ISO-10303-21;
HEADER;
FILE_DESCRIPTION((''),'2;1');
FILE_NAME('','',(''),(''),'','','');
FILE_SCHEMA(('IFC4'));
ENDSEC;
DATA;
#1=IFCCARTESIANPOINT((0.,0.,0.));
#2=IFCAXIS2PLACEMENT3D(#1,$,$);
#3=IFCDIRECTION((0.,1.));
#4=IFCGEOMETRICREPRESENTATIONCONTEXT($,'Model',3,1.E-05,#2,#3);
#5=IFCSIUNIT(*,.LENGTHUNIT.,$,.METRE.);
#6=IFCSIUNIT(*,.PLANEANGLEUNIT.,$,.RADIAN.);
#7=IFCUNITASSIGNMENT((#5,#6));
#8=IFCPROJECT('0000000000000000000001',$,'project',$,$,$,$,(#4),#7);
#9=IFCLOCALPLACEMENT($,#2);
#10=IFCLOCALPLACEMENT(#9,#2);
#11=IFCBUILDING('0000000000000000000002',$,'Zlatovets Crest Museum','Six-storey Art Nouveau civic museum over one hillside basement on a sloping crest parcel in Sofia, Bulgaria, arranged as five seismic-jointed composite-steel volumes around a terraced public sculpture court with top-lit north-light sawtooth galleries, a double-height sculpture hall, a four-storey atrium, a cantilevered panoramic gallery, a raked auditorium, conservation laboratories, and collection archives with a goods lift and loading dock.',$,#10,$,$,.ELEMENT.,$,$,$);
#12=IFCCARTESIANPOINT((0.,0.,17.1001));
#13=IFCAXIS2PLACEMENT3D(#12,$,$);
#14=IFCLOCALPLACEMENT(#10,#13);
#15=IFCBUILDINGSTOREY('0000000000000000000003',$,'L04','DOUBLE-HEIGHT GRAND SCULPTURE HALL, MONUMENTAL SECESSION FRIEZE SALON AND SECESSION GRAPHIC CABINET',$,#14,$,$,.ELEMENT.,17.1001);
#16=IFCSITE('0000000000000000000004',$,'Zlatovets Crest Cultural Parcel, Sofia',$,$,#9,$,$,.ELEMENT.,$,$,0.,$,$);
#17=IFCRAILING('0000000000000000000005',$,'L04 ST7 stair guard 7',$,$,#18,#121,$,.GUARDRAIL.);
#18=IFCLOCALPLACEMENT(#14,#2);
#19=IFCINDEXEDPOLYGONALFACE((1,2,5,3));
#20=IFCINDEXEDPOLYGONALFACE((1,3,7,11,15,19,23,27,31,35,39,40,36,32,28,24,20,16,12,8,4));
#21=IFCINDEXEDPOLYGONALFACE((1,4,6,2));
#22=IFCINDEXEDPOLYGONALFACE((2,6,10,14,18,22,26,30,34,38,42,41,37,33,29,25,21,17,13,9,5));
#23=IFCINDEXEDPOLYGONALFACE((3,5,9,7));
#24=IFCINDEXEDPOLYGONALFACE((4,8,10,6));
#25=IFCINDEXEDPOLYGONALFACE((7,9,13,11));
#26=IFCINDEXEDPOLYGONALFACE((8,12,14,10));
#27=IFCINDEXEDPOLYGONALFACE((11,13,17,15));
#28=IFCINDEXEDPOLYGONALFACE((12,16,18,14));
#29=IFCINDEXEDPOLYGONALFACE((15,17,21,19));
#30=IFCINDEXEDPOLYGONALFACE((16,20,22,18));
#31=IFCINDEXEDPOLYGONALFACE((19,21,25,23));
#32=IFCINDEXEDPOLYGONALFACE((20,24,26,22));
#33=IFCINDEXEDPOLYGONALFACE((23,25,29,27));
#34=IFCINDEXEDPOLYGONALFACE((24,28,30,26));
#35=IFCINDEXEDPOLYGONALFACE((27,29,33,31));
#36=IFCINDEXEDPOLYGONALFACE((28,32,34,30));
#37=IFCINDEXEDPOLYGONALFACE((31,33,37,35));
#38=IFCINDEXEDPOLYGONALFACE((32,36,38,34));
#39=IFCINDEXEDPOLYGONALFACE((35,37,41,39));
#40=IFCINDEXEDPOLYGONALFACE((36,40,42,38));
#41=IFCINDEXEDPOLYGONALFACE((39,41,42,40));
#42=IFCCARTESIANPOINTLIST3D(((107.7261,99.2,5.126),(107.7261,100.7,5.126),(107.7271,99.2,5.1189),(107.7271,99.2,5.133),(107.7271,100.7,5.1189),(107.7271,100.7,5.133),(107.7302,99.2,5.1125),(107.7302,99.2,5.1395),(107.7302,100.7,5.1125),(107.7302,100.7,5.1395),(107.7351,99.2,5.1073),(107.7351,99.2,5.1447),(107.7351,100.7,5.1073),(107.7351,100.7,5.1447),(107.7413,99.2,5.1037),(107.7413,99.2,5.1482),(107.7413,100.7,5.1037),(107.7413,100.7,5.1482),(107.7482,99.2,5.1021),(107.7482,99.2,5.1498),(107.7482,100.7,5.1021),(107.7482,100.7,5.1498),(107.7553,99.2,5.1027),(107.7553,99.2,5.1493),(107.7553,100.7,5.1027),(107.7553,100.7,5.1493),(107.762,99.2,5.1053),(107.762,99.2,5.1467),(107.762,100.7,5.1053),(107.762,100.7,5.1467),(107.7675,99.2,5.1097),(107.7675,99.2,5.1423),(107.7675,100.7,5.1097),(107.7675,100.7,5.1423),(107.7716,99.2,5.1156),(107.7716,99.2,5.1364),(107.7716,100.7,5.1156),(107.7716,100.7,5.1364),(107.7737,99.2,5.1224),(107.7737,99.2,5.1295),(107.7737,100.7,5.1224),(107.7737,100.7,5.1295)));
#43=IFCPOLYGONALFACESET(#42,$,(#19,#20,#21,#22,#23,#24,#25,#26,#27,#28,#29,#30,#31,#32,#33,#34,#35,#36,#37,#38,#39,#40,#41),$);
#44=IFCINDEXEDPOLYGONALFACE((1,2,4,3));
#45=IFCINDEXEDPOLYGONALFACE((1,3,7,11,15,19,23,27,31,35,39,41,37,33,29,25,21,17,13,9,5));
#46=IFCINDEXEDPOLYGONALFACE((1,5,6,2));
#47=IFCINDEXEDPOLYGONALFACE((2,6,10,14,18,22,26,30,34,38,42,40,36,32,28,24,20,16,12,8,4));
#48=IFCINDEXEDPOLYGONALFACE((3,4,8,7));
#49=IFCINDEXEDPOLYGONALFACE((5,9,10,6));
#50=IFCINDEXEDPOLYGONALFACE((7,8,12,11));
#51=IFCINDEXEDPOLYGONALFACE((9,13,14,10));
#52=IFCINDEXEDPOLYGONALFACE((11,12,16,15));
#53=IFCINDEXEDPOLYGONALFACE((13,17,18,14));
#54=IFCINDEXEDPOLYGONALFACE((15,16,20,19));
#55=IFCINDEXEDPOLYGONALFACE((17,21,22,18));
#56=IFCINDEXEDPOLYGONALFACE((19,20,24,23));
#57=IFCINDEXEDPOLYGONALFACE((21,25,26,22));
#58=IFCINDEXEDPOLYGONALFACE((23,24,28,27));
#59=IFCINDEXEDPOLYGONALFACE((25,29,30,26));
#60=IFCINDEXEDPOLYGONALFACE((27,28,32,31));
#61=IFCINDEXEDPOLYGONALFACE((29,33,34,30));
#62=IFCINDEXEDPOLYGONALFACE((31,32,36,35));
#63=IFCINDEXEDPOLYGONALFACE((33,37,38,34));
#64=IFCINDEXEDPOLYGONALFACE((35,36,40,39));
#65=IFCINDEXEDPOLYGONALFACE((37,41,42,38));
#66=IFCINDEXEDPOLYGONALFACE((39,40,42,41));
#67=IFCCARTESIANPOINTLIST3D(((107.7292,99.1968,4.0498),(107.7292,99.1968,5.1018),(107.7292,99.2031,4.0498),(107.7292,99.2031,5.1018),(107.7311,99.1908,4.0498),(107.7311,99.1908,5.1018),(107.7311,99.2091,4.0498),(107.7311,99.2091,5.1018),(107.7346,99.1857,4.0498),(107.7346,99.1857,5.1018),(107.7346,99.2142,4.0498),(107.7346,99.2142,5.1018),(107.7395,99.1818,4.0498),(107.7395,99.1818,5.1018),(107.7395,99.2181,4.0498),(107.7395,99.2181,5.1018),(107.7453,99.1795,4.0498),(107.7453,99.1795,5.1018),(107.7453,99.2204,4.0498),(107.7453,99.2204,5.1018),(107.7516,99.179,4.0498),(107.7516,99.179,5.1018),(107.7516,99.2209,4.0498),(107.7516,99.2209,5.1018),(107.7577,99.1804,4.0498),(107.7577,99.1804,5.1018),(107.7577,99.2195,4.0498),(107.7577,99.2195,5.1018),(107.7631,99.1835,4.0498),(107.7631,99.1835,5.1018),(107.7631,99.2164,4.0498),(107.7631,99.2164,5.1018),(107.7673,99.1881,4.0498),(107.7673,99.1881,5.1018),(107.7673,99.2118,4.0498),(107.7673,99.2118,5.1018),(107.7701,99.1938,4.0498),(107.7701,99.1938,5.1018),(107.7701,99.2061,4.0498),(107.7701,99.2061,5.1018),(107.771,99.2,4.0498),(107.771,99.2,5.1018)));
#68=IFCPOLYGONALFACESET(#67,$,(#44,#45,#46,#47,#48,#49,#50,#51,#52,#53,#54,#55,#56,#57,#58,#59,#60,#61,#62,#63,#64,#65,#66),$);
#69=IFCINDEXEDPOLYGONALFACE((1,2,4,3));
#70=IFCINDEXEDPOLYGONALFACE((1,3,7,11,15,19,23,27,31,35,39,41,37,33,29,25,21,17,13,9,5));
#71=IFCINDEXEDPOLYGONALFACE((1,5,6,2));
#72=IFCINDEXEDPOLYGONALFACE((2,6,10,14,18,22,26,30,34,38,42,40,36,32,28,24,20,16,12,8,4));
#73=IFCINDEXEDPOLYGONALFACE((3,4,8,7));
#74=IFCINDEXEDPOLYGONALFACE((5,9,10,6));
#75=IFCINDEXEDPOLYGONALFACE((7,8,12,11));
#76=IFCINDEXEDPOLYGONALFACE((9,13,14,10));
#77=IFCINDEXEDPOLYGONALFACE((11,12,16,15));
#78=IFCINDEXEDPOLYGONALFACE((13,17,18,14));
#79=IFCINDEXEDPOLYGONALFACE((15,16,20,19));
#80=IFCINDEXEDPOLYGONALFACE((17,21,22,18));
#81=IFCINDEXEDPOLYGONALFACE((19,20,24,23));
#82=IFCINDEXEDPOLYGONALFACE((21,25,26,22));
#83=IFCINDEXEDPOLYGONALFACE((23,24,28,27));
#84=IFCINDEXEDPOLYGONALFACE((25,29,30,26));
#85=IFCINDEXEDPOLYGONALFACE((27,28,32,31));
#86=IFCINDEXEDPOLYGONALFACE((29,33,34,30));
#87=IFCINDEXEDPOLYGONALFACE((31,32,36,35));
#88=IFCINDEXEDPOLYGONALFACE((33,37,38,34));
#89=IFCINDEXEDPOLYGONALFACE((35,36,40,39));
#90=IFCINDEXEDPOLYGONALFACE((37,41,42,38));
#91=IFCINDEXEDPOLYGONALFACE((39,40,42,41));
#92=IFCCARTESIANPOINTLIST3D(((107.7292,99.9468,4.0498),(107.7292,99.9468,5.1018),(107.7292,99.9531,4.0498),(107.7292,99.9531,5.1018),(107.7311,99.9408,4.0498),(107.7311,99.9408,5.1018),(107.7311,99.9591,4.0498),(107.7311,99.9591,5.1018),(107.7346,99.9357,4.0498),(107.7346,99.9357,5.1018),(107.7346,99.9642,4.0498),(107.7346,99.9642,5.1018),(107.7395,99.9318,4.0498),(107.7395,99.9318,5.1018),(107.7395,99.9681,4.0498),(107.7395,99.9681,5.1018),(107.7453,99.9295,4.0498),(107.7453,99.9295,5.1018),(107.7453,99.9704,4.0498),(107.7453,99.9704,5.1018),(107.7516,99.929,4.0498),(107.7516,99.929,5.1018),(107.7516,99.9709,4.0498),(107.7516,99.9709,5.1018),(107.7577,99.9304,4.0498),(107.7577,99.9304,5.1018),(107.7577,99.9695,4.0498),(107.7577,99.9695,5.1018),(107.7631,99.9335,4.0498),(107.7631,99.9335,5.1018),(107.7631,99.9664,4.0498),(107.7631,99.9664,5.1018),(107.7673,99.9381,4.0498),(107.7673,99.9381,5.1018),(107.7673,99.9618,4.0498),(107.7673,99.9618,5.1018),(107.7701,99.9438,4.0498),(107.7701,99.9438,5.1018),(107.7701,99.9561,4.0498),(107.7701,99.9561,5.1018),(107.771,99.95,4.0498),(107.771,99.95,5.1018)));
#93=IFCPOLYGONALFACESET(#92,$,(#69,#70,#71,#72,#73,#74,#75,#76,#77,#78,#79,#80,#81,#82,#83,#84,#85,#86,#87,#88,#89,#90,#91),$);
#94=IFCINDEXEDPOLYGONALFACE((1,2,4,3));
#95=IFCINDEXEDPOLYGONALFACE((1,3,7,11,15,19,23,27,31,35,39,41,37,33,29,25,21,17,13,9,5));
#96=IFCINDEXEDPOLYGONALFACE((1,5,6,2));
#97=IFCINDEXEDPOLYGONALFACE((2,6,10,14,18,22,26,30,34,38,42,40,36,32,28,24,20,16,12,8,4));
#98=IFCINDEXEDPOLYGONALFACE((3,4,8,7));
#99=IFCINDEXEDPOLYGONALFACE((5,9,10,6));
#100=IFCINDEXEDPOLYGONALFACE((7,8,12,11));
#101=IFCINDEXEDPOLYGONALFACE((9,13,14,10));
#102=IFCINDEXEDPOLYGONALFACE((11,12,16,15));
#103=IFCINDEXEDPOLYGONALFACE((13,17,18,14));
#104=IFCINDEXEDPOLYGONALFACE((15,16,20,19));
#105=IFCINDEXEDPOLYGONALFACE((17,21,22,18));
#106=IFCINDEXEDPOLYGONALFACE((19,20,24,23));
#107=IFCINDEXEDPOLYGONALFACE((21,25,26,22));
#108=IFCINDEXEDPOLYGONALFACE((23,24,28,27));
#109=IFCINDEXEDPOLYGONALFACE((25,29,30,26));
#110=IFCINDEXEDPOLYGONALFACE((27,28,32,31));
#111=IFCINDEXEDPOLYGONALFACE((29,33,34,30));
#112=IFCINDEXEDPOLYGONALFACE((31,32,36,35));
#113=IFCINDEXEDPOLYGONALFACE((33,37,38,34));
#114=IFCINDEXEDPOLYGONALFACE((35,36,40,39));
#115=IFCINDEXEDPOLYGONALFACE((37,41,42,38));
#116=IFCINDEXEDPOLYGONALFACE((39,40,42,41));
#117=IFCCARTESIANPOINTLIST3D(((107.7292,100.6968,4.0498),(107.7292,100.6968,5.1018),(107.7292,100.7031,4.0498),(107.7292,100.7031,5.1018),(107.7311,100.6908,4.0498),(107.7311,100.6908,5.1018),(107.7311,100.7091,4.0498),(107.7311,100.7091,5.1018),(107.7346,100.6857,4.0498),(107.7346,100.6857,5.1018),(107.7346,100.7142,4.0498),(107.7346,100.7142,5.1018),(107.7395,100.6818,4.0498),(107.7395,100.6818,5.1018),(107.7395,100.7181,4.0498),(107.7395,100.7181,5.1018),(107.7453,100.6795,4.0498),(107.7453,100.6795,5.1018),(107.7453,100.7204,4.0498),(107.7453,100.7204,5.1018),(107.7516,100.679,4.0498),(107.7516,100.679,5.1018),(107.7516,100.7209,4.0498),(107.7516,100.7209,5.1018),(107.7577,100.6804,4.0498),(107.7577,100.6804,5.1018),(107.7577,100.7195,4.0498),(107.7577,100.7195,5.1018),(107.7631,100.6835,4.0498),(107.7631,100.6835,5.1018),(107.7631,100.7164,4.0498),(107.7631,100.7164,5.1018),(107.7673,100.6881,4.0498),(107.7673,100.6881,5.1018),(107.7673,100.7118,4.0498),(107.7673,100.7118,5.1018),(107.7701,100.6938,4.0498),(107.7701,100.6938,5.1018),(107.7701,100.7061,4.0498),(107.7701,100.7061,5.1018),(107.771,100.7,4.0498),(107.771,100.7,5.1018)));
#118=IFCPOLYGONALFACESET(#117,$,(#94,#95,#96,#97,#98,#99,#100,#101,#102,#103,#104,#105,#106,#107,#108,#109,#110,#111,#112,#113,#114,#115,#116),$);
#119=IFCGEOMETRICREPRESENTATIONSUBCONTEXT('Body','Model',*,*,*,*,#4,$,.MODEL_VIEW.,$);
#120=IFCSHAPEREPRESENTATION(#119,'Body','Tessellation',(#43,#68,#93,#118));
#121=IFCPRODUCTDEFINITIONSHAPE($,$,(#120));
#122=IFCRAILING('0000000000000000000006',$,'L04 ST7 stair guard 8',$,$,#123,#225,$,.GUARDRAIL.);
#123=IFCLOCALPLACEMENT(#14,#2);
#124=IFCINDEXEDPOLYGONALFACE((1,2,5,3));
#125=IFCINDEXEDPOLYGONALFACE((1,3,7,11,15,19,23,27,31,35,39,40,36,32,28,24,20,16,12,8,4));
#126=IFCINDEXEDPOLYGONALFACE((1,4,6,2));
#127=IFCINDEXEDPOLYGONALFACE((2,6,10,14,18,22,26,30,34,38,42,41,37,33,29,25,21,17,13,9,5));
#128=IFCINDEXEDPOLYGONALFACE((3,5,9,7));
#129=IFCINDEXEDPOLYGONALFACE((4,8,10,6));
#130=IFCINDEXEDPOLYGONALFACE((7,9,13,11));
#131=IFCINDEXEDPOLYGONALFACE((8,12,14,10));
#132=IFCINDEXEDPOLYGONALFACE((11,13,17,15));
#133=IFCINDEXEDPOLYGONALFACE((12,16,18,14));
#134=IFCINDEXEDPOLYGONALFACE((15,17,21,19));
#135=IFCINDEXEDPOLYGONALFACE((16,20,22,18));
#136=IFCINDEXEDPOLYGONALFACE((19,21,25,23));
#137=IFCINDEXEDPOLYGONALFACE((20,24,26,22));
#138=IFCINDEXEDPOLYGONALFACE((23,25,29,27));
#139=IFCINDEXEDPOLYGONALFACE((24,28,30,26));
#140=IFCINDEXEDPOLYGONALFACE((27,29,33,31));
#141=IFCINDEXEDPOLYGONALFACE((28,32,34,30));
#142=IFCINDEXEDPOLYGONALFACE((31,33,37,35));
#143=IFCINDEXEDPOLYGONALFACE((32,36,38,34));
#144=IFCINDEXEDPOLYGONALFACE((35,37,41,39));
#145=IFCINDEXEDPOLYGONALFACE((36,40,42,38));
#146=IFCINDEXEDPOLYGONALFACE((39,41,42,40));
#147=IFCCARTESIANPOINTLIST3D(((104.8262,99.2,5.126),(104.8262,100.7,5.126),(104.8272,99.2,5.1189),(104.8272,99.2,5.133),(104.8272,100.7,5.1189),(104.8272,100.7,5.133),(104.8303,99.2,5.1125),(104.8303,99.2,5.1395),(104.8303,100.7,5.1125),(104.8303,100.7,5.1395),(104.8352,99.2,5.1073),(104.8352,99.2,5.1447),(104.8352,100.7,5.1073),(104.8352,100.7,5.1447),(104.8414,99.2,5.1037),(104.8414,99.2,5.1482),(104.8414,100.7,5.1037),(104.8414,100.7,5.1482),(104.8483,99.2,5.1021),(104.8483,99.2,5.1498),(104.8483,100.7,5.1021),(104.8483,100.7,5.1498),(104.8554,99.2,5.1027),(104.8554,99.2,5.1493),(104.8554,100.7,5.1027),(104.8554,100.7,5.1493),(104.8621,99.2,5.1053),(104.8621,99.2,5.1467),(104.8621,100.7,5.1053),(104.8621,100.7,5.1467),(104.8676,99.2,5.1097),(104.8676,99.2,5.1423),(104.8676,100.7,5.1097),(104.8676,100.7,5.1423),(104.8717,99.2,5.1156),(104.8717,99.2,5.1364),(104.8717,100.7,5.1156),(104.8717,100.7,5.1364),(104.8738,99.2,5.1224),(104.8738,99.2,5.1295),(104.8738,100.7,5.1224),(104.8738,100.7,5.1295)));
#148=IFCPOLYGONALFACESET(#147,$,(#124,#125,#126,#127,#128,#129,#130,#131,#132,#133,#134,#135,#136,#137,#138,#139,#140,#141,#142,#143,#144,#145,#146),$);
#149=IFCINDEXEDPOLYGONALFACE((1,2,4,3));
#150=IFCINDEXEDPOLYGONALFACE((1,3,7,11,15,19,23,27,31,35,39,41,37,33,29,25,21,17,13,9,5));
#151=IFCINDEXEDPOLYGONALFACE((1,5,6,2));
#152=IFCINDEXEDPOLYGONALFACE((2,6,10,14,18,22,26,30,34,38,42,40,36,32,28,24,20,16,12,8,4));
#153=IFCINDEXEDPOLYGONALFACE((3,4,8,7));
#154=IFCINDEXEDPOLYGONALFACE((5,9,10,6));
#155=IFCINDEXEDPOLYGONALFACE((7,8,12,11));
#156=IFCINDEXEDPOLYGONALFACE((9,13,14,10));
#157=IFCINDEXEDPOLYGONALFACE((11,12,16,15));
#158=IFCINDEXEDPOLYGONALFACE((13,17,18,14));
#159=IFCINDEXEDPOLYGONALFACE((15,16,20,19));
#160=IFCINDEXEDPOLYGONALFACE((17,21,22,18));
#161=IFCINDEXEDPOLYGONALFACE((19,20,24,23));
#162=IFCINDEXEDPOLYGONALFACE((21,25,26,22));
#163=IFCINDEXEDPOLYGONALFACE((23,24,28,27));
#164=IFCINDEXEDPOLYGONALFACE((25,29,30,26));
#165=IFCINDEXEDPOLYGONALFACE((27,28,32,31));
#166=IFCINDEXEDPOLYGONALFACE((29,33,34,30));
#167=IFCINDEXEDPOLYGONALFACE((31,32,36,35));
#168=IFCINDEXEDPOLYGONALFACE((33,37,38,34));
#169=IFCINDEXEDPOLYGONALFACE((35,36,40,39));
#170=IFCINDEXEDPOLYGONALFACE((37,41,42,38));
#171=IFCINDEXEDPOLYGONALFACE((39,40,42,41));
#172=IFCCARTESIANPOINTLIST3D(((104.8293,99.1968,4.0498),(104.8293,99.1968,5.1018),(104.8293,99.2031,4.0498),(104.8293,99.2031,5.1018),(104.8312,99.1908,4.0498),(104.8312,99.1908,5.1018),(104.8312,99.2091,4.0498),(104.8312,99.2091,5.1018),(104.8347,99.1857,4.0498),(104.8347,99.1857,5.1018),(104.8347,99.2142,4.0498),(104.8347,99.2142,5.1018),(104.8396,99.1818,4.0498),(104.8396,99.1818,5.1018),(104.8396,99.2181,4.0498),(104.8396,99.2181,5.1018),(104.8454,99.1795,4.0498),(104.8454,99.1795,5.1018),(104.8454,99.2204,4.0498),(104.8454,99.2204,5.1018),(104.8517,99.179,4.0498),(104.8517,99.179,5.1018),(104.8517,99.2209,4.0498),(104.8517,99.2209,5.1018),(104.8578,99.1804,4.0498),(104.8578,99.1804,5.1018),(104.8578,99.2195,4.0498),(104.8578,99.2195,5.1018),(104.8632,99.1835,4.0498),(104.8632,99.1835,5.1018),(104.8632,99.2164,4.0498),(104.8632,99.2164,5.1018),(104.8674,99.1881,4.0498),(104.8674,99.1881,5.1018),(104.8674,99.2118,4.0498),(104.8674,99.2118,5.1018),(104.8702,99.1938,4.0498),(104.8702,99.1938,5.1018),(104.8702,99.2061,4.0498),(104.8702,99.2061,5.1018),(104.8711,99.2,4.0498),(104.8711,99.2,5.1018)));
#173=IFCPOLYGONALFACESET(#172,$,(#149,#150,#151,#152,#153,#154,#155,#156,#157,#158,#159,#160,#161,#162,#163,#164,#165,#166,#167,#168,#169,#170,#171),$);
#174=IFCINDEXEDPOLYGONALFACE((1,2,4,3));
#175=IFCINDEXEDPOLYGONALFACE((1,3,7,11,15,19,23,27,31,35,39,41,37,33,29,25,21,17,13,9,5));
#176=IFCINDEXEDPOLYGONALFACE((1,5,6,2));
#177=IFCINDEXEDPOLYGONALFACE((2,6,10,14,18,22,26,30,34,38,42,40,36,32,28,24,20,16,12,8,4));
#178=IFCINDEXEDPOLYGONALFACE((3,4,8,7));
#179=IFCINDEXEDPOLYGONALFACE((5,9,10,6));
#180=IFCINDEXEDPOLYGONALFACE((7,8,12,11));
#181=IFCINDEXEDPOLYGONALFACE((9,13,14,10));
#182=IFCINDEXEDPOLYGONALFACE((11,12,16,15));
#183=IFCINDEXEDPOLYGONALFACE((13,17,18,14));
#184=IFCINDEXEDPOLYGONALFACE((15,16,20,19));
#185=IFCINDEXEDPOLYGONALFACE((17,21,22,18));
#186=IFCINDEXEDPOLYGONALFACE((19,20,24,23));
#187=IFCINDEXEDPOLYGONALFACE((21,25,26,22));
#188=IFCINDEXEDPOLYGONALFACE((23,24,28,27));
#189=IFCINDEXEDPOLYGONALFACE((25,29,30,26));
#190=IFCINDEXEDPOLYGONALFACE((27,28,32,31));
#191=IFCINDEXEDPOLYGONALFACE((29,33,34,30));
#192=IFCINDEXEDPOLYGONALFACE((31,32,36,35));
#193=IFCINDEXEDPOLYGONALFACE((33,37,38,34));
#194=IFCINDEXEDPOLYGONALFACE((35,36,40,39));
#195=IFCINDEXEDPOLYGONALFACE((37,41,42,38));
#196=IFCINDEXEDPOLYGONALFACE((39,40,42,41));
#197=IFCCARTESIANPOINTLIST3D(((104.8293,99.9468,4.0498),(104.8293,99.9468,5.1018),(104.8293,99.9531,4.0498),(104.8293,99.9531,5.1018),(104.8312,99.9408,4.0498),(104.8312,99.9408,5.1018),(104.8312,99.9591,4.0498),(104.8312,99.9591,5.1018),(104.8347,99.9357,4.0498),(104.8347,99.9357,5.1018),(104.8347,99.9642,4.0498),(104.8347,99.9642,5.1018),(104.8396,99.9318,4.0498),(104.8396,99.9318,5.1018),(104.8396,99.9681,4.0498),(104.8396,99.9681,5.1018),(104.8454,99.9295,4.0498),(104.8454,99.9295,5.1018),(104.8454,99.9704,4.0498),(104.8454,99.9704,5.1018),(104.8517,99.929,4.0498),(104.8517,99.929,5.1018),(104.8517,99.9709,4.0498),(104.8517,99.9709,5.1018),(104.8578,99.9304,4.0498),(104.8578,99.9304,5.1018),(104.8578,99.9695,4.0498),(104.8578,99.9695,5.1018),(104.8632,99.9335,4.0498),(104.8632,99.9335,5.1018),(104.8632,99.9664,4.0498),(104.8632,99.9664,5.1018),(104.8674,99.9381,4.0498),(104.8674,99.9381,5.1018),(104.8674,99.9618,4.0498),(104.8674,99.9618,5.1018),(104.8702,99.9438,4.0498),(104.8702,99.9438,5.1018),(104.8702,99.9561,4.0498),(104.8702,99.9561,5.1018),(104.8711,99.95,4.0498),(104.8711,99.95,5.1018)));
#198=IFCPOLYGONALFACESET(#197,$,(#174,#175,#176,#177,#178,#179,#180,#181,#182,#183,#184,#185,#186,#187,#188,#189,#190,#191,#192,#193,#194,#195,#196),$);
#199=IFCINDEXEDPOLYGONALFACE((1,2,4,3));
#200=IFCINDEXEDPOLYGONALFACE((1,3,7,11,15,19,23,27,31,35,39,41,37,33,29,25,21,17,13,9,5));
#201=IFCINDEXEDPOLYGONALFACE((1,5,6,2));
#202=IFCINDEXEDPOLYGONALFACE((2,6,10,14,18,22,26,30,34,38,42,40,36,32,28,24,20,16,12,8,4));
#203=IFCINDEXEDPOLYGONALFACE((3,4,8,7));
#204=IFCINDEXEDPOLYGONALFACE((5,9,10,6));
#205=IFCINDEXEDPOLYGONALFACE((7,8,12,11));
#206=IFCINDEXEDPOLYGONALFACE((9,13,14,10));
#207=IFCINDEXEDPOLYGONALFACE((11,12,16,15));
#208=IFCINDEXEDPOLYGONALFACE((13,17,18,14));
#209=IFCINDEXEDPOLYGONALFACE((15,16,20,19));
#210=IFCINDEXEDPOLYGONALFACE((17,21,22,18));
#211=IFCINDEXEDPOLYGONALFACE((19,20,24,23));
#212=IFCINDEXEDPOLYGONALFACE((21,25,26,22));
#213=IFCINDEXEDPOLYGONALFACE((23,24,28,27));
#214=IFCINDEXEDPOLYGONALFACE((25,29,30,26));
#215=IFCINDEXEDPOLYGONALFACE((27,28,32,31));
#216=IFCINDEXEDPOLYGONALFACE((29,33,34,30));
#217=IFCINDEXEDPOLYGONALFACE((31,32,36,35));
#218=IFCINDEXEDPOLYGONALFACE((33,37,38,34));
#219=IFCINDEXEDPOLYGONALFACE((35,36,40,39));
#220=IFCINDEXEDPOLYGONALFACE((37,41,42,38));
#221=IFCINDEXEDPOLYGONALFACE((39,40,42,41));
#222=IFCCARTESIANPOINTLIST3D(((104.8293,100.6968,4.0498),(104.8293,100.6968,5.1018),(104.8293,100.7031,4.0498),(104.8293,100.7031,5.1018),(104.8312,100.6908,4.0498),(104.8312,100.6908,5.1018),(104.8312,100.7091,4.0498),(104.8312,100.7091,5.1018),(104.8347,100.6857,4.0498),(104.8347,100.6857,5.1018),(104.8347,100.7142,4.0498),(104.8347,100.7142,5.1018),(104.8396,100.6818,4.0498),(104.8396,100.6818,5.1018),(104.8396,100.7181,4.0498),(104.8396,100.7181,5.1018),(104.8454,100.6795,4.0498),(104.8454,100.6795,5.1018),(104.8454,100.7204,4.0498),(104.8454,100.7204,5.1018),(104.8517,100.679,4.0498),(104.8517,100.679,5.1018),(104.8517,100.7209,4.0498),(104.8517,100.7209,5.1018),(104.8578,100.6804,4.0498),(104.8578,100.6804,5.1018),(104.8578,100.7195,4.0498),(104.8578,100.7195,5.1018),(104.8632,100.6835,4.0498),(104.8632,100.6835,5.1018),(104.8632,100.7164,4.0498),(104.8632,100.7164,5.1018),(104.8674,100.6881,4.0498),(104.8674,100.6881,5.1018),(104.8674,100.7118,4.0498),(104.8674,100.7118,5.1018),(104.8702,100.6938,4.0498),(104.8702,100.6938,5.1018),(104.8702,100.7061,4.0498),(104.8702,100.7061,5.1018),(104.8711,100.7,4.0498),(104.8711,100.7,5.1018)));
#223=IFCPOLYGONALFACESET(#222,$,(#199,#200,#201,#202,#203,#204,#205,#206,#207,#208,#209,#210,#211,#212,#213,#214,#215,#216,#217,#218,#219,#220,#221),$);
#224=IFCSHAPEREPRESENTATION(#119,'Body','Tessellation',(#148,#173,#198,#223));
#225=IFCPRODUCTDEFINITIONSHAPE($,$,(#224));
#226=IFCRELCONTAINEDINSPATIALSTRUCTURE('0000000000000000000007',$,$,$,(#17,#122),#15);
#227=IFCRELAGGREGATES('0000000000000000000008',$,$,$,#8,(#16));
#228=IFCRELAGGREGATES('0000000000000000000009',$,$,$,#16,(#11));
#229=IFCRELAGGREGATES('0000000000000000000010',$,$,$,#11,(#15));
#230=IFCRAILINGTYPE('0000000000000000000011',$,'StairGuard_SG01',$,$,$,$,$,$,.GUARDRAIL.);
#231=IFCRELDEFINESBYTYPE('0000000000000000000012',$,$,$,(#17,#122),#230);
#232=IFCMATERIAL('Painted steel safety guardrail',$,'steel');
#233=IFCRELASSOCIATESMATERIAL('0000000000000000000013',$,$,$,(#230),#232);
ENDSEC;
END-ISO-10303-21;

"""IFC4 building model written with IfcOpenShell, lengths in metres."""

from ifc_helpers import new_model, si_unit, direction, frame, origin, origin_2d, place, context, subcontext, project, spatial, circle, extrude, material, type_object, element, save


model = new_model("IFC4")

# Units and contexts
model_context = context("Model", 3, precision=1e-05, world=origin(), true_north=direction((0.0, 1.0)))
body_context = subcontext(model_context, "Body", "Model", "MODEL_VIEW")
ifc_project = project(units=[si_unit("LENGTHUNIT", "METRE"), si_unit("PLANEANGLEUNIT", "RADIAN")], contexts=[model_context])

# Site, building, storey
site_placement = place(None, origin())
site = spatial("IfcSite", under=ifc_project, at=site_placement, Name="Zlatovets Crest Cultural Parcel, Sofia", CompositionType="ELEMENT", RefElevation=0.0)
building_placement = place(site_placement, origin())
building = spatial("IfcBuilding", under=site, at=building_placement, Name="Zlatovets Crest Museum", Description="Six-storey Art Nouveau civic museum over one hillside basement on a sloping crest parcel in Sofia, Bulgaria, arranged as five seismic-jointed composite-steel volumes around a terraced public sculpture court with top-lit north-light sawtooth galleries, a double-height sculpture hall, a four-storey atrium, a cantilevered panoramic gallery, a raked auditorium, conservation laboratories, and collection archives with a goods lift and loading dock.", CompositionType="ELEMENT")
storey_placement = place(building_placement, frame((0.0, 0.0, 17.1001)))
storey = spatial("IfcBuildingStorey", under=building, at=storey_placement, Name="L04", Description="DOUBLE-HEIGHT GRAND SCULPTURE HALL, MONUMENTAL SECESSION FRIEZE SALON AND SECESSION GRAPHIC CABINET", CompositionType="ELEMENT", Elevation=17.1001)

# Railings
ifc_material_1 = material(Name="Painted steel safety guardrail", Category="steel")
railing_type_1 = type_object("IfcRailingType", Name="StairGuard_SG01", PredefinedType="GUARDRAIL", material=ifc_material_1)
for number, where, name in (
    (1, (107.75, 99.2, 4.0498), "L04 ST7 stair guard 7"),
    (2, (104.8501, 99.2, 4.0498), "L04 ST7 stair guard 8"),
):
    element("IfcRailing", number, at=place(storey_placement, frame(where)), inside=storey, type_object=railing_type_1, Name=name, PredefinedType="GUARDRAIL", context=body_context, shape_type="SweptSolid", body=[
        extrude(circle(Radius=0.0239, at=origin_2d()), frame((0.0, 0.0, 1.0762), z_axis=(0.0, 1.0, 0.0), x_axis=(-1.0, 0.0, 0.0)), (0.0, 0.0, 1.0), 1.5),
        extrude(circle(Radius=0.021, at=origin_2d()), origin(), (0.0, 0.0, 1.0), 1.052),
        extrude(circle(Radius=0.021, at=origin_2d()), frame((0.0, 0.75, 0.0)), (0.0, 0.0, 1.0), 1.052),
        extrude(circle(Radius=0.021, at=origin_2d()), frame((0.0, 1.5, 0.0)), (0.0, 0.0, 1.0), 1.052),
    ])

save(model, "model.ifc")
